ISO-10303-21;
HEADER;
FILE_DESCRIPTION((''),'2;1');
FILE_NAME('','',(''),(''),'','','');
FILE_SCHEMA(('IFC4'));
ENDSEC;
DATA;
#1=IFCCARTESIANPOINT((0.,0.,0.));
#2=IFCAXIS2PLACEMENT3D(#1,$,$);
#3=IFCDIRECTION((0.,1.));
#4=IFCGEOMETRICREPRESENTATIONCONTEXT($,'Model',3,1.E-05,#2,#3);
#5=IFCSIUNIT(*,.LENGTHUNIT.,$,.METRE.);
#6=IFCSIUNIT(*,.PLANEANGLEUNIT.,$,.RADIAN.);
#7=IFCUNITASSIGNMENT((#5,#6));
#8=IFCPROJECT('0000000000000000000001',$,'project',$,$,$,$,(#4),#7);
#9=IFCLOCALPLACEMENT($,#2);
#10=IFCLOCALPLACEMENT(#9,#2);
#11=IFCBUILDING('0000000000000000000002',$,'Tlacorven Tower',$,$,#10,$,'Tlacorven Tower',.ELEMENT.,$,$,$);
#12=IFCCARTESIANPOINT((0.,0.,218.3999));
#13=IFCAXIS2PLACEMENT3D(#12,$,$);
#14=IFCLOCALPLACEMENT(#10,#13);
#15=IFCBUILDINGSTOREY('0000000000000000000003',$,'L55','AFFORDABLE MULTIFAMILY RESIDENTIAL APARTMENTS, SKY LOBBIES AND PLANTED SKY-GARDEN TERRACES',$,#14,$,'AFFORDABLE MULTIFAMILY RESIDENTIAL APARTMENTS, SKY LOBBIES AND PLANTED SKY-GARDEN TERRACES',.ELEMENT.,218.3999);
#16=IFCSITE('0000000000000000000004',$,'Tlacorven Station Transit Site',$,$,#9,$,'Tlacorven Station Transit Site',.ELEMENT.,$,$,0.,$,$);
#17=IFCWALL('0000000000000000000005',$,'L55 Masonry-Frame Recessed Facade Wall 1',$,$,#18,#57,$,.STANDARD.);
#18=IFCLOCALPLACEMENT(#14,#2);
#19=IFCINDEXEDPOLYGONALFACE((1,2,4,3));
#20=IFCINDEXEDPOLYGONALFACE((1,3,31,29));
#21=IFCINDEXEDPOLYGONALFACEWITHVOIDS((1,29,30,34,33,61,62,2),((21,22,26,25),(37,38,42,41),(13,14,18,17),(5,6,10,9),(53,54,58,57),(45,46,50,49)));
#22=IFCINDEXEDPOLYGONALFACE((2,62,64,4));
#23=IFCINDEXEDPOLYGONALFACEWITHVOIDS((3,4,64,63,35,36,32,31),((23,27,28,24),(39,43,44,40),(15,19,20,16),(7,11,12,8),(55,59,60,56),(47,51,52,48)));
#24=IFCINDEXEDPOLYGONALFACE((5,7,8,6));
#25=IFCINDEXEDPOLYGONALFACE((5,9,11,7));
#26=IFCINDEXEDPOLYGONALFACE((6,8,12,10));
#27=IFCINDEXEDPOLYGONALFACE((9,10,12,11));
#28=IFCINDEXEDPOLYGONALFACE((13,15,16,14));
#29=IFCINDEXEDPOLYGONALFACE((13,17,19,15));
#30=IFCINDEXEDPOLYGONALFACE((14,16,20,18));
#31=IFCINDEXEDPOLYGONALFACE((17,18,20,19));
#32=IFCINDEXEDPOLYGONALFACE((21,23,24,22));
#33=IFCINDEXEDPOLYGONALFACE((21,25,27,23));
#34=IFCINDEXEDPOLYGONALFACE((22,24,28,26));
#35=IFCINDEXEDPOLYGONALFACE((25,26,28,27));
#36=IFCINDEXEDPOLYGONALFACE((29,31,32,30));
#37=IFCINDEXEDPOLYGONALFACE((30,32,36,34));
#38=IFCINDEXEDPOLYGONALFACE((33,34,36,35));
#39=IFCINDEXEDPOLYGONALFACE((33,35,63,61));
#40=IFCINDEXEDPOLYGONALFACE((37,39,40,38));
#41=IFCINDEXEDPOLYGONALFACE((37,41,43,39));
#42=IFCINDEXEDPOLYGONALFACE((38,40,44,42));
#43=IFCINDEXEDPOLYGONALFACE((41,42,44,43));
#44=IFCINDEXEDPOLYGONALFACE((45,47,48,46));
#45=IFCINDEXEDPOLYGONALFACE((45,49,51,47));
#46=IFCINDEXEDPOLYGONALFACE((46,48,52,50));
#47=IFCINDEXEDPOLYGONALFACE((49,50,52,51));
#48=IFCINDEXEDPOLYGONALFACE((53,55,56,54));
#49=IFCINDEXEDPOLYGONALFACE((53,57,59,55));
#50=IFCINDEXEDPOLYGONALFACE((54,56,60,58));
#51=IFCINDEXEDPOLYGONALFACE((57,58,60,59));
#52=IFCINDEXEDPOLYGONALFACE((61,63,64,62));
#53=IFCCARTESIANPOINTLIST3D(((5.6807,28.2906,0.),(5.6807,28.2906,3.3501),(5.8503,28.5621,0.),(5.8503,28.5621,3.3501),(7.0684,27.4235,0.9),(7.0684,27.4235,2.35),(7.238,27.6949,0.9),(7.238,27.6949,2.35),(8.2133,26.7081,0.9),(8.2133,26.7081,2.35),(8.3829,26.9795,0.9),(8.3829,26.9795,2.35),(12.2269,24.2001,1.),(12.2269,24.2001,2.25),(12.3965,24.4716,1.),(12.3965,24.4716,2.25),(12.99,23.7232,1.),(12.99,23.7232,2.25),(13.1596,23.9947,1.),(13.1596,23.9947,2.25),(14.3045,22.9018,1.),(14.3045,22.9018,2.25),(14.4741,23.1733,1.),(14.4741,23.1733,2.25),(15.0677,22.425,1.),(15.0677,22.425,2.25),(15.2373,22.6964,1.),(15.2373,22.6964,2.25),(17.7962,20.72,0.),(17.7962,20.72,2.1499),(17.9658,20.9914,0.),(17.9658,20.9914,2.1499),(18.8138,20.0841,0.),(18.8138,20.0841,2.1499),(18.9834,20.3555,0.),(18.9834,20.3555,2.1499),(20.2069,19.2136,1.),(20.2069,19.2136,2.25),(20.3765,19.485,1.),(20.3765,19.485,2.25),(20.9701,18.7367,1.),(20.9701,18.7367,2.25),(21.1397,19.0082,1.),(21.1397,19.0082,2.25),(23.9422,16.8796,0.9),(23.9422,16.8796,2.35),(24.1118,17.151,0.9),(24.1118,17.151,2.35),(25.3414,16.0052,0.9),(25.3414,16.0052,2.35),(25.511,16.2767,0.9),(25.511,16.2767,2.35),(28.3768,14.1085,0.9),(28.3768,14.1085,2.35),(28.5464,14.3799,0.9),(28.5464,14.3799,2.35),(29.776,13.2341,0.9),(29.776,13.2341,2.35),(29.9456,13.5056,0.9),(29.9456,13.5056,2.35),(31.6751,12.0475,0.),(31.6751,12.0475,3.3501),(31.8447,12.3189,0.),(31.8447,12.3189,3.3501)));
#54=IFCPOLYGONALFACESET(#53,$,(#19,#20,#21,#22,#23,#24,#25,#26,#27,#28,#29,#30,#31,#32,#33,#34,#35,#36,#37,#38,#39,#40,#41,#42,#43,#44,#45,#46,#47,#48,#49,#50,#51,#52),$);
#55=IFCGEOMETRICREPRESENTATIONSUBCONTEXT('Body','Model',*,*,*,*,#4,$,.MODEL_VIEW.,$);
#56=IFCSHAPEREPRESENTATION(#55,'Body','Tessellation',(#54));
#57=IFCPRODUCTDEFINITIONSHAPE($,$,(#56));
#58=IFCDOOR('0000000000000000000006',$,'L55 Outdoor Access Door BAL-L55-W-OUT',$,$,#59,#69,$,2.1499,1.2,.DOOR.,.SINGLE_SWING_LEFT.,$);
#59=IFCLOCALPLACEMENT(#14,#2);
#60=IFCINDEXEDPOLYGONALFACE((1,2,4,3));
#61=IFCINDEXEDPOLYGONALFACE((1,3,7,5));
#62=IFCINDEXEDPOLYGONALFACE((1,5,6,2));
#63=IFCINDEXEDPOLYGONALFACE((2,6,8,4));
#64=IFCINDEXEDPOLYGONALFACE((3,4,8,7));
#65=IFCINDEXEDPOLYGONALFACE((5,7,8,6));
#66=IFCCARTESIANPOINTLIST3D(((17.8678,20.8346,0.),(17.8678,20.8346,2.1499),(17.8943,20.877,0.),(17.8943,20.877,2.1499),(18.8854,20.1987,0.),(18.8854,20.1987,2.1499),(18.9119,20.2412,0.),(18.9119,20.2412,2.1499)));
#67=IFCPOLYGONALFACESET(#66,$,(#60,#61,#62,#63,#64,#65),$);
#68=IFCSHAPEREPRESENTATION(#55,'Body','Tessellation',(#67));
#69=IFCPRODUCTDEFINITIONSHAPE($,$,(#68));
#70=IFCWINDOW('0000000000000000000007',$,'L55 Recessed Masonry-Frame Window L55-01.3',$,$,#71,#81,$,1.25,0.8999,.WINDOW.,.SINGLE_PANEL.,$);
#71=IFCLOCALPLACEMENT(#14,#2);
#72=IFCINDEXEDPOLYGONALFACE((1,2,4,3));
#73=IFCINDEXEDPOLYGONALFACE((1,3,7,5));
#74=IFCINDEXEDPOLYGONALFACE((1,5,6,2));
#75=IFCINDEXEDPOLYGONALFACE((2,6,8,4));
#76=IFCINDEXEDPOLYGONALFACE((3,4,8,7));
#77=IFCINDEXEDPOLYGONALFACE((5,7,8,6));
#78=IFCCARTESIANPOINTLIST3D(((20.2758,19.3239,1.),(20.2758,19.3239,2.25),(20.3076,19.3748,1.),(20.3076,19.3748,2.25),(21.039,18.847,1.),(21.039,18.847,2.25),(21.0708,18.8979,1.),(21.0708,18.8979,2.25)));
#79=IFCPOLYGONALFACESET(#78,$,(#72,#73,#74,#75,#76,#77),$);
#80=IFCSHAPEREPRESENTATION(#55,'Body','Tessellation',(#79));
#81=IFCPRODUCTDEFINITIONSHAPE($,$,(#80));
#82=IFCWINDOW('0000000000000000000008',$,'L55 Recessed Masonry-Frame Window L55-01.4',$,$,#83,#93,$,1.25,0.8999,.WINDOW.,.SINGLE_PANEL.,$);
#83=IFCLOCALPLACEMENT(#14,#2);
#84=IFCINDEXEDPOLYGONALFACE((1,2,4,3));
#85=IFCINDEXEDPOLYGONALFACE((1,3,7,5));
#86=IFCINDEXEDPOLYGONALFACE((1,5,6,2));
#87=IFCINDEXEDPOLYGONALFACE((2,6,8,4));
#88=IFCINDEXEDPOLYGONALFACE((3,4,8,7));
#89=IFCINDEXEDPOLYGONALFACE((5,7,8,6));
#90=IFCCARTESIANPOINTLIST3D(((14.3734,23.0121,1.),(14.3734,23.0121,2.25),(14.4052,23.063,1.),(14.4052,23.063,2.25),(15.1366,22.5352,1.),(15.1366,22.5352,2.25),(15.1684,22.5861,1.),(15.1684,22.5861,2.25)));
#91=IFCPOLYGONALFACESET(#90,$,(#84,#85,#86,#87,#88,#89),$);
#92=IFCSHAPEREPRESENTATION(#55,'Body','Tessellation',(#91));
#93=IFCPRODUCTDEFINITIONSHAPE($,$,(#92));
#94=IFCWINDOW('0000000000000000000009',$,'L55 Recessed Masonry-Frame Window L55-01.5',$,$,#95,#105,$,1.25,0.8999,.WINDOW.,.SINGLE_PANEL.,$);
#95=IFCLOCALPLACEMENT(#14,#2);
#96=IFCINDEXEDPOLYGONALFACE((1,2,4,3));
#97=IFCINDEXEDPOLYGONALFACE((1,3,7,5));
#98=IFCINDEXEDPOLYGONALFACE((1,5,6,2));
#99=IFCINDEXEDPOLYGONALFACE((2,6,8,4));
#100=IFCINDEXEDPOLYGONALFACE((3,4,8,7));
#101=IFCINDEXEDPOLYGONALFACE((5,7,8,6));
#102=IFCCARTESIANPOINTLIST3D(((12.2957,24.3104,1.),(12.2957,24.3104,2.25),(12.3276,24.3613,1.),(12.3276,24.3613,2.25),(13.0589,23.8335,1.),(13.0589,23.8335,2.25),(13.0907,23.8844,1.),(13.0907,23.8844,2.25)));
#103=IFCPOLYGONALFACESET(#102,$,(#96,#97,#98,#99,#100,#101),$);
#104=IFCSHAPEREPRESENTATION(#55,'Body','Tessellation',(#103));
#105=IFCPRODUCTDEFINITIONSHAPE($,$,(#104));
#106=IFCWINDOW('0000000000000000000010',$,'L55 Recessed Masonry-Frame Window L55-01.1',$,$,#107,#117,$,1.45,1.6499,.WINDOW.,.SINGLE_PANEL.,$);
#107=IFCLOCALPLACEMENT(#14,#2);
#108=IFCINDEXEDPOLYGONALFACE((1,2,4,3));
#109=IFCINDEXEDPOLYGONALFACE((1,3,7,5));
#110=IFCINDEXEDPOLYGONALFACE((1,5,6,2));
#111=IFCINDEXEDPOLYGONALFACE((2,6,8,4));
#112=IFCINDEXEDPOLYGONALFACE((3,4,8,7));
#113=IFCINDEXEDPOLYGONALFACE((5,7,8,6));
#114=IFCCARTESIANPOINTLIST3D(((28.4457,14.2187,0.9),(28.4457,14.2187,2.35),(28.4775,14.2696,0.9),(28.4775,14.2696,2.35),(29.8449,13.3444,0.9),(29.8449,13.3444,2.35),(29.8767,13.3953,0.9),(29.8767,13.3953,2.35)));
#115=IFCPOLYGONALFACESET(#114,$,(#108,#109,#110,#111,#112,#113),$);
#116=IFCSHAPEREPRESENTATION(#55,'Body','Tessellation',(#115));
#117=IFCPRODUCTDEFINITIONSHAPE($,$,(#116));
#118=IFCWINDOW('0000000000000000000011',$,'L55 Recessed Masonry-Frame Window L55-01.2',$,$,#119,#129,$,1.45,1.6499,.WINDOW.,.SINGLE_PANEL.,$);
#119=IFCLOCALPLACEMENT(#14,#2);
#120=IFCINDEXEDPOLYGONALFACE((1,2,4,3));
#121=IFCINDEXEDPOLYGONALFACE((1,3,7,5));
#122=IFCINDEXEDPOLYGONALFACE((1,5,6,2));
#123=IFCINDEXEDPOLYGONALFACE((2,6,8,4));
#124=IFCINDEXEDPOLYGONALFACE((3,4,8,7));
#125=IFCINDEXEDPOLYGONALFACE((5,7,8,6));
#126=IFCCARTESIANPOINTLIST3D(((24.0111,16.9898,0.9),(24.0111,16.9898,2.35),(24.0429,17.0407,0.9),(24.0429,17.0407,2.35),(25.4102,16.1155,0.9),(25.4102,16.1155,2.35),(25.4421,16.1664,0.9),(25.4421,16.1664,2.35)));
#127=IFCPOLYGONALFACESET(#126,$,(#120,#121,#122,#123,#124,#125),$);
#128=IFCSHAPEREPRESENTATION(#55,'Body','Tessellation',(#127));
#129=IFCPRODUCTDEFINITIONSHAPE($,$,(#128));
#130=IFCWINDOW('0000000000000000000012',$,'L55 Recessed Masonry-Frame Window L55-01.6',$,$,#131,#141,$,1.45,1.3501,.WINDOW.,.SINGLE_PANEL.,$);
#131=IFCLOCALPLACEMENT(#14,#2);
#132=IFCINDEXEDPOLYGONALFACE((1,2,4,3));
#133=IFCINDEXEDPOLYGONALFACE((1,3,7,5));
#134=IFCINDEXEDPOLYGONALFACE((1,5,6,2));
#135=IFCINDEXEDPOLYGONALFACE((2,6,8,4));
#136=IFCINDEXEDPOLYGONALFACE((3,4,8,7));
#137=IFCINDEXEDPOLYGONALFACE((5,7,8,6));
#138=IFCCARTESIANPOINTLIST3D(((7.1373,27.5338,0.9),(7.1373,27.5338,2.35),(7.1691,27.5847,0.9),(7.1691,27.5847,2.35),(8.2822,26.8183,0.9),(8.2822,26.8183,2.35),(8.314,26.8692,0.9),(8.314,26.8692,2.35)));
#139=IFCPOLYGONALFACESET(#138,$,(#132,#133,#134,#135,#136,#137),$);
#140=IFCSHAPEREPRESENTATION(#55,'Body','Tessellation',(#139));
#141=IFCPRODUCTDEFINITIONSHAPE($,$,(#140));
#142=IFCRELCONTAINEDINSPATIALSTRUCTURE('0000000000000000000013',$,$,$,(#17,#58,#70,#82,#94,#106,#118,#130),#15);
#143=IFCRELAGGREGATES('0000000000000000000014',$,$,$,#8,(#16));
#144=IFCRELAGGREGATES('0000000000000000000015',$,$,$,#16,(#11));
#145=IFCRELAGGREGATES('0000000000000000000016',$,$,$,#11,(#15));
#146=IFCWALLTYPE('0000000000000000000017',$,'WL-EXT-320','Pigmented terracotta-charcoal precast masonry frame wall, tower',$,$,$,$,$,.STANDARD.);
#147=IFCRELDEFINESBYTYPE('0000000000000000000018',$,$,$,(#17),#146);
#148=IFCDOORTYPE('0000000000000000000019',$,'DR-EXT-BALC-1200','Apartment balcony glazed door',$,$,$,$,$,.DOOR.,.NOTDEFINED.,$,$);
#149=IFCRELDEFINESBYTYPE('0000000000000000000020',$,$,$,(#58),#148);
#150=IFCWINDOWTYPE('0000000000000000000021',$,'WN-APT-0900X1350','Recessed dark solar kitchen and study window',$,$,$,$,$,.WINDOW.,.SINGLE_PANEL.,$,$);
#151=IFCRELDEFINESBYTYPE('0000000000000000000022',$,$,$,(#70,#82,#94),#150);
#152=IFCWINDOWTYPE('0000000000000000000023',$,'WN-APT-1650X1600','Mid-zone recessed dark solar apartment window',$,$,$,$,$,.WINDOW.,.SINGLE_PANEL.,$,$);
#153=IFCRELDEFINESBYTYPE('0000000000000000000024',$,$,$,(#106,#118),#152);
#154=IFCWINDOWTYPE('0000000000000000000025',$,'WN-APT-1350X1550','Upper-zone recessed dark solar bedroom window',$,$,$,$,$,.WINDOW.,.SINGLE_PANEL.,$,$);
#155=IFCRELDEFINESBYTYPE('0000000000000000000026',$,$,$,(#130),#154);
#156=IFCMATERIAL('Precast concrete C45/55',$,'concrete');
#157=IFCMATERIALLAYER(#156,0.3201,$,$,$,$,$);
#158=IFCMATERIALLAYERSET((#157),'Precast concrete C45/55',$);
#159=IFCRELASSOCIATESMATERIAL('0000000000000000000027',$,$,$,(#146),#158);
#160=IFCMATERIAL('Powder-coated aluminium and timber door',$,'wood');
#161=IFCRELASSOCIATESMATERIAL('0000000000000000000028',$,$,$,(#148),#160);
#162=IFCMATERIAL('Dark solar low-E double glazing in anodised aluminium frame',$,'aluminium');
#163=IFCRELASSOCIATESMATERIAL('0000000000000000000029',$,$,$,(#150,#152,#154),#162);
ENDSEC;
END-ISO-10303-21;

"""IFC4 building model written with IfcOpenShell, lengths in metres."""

from ifc_helpers import new_model, si_unit, direction, frame, frame_2d, origin, place, context, subcontext, project, spatial, rectangle, extrude, source, transform, mapped, material, layer, layer_set, type_object, element, fill, save


model = new_model("IFC4")

# Units and contexts
model_context = context("Model", 3, precision=1e-05, world=origin(), true_north=direction((0.0, 1.0)))
body_context = subcontext(model_context, "Body", "Model", "MODEL_VIEW")
ifc_project = project(units=[si_unit("LENGTHUNIT", "METRE"), si_unit("PLANEANGLEUNIT", "RADIAN")], contexts=[model_context])

# Site, building, storey
site_placement = place(None, origin())
site = spatial("IfcSite", under=ifc_project, at=site_placement, Name="Tlacorven Station Transit Site", LongName="Tlacorven Station Transit Site", CompositionType="ELEMENT", RefElevation=0.0)
building_placement = place(site_placement, origin())
building = spatial("IfcBuilding", under=site, at=building_placement, Name="Tlacorven Tower", LongName="Tlacorven Tower", CompositionType="ELEMENT")
storey_placement = place(building_placement, frame((0.0, 0.0, 218.3999)))
storey = spatial("IfcBuildingStorey", under=building, at=storey_placement, Name="L55", Description="AFFORDABLE MULTIFAMILY RESIDENTIAL APARTMENTS, SKY LOBBIES AND PLANTED SKY-GARDEN TERRACES", LongName="AFFORDABLE MULTIFAMILY RESIDENTIAL APARTMENTS, SKY LOBBIES AND PLANTED SKY-GARDEN TERRACES", CompositionType="ELEMENT", Elevation=218.3999)

# Wall, openings, door, windows
ifc_material_1 = material(Name="Precast concrete C45/55", Category="concrete")
ifc_layer_1 = layer(ifc_material_1, 0.3201)
ifc_layer_set_1 = layer_set([ifc_layer_1], Name="Precast concrete C45/55")
wall_type_1 = type_object("IfcWallType", Name="WL-EXT-320", Description="Pigmented terracotta-charcoal precast masonry frame wall, tower", PredefinedType="STANDARD", material=ifc_layer_set_1)
wall_1_placement = place(storey_placement, frame((31.76, 12.1831, 0.0), z_axis=(0.0, 0.0, 1.0), x_axis=(-0.848047, 0.529921, 0.0)))
wall_1 = element("IfcWall", 1, at=wall_1_placement, inside=storey, type_object=wall_type_1, Name="L55 Masonry-Frame Recessed Facade Wall 1", PredefinedType="STANDARD", context=body_context, shape_type="SweptSolid", body=[
    extrude(rectangle(XDim=30.6521, YDim=0.3201, at=frame_2d((15.3262, 0.0))), origin(), (0.0, 0.0, 1.0), 3.3501),
])
opening_1_placement = place(wall_1_placement, frame((15.1658, 0.0, 0.0)))
opening_1 = element("IfcOpeningElement", 2, at=opening_1_placement, cuts=wall_1, PredefinedType="OPENING", context=body_context, shape_type="SweptSolid", body=[
    extrude(rectangle(XDim=1.2, YDim=2.1499, at=frame_2d((0.6001, 1.075))), frame((0.0, 0.1699, 0.0), z_axis=(0.0, -1.0, 0.0), x_axis=(1.0, 0.0, 0.0)), (0.0, 0.0, 1.0), 0.3401),
])
opening_2_placement = place(wall_1_placement, frame((2.2395, 0.0, 0.8999)))
opening_2 = element("IfcOpeningElement", 3, at=opening_2_placement, cuts=wall_1, PredefinedType="OPENING", context=body_context, shape_type="SweptSolid", body=[
    extrude(rectangle(XDim=1.6499, YDim=1.45, at=frame_2d((0.825, 0.7251))), frame((0.0, 0.1699, 0.0), z_axis=(0.0, -1.0, 0.0), x_axis=(1.0, 0.0, 0.0)), (0.0, 0.0, 1.0), 0.3401),
])
opening_3_placement = place(wall_1_placement, frame((7.4688, 0.0, 0.8999)))
opening_3 = element("IfcOpeningElement", 4, at=opening_3_placement, cuts=wall_1, PredefinedType="OPENING", context=body_context, shape_type="SweptSolid", body=[
    extrude(rectangle(XDim=1.6499, YDim=1.45, at=frame_2d((0.825, 0.7251))), frame((0.0, 0.1699, 0.0), z_axis=(0.0, -1.0, 0.0), x_axis=(1.0, 0.0, 0.0)), (0.0, 0.0, 1.0), 0.3401),
])
opening_4_placement = place(wall_1_placement, frame((12.6233, 0.0, 1.0)))
opening_4 = element("IfcOpeningElement", 5, at=opening_4_placement, cuts=wall_1, PredefinedType="OPENING", context=body_context, shape_type="SweptSolid", body=[
    extrude(rectangle(XDim=0.8999, YDim=1.25, at=frame_2d((0.45, 0.625))), frame((0.0, 0.1699, 0.0), z_axis=(0.0, -1.0, 0.0), x_axis=(1.0, 0.0, 0.0)), (0.0, 0.0, 1.0), 0.3401),
])
opening_5_placement = place(wall_1_placement, frame((19.5833, 0.0, 1.0)))
opening_5 = element("IfcOpeningElement", 6, at=opening_5_placement, cuts=wall_1, PredefinedType="OPENING", context=body_context, shape_type="SweptSolid", body=[
    extrude(rectangle(XDim=0.8999, YDim=1.25, at=frame_2d((0.45, 0.625))), frame((0.0, 0.1699, 0.0), z_axis=(0.0, -1.0, 0.0), x_axis=(1.0, 0.0, 0.0)), (0.0, 0.0, 1.0), 0.3401),
])
opening_6_placement = place(wall_1_placement, frame((22.0332, 0.0, 1.0)))
opening_6 = element("IfcOpeningElement", 7, at=opening_6_placement, cuts=wall_1, PredefinedType="OPENING", context=body_context, shape_type="SweptSolid", body=[
    extrude(rectangle(XDim=0.8999, YDim=1.25, at=frame_2d((0.45, 0.625))), frame((0.0, 0.1699, 0.0), z_axis=(0.0, -1.0, 0.0), x_axis=(1.0, 0.0, 0.0)), (0.0, 0.0, 1.0), 0.3401),
])
opening_7_placement = place(wall_1_placement, frame((27.6658, 0.0, 0.8999)))
opening_7 = element("IfcOpeningElement", 8, at=opening_7_placement, cuts=wall_1, PredefinedType="OPENING", context=body_context, shape_type="SweptSolid", body=[
    extrude(rectangle(XDim=1.3501, YDim=1.45, at=frame_2d((0.675, 0.7251))), frame((0.0, 0.1699, 0.0), z_axis=(0.0, -1.0, 0.0), x_axis=(1.0, 0.0, 0.0)), (0.0, 0.0, 1.0), 0.3401),
])
ifc_material_2 = material(Name="Powder-coated aluminium and timber door", Category="wood")
door_type_1 = type_object("IfcDoorType", Name="DR-EXT-BALC-1200", Description="Apartment balcony glazed door", OperationType="NOTDEFINED", PredefinedType="DOOR", material=ifc_material_2)
shared_shape_1 = source(origin(), body_context, "Body", "SweptSolid", [
    extrude(rectangle(XDim=1.2, YDim=2.1499, at=frame_2d((0.6001, 1.075))), frame((0.0, 0.0249, 0.0), z_axis=(0.0, -1.0, 0.0), x_axis=(1.0, 0.0, 0.0)), (0.0, 0.0, 1.0), 0.05),
])
door_1_placement = place(opening_1_placement, origin())
door_1 = element("IfcDoor", 9, at=door_1_placement, inside=storey, type_object=door_type_1, Name="L55 Outdoor Access Door BAL-L55-W-OUT", OperationType="SINGLE_SWING_LEFT", OverallHeight=2.1499, OverallWidth=1.2, PredefinedType="DOOR", context=body_context, shape_type="MappedRepresentation", body=[
    mapped(shared_shape_1, transform((0.0, 0.0, 0.0), scale=1.0)),
])
fill(opening_1, door_1)
ifc_material_3 = material(Name="Dark solar low-E double glazing in anodised aluminium frame", Category="aluminium")
window_type_1 = type_object("IfcWindowType", Name="WN-APT-0900X1350", Description="Recessed dark solar kitchen and study window", PartitioningType="SINGLE_PANEL", PredefinedType="WINDOW", material=ifc_material_3)
shared_shape_2 = source(origin(), body_context, "Body", "SweptSolid", [
    extrude(rectangle(XDim=0.8999, YDim=1.25, at=frame_2d((0.45, 0.625))), frame((0.0, 0.03, 0.0), z_axis=(0.0, -1.0, 0.0), x_axis=(1.0, 0.0, 0.0)), (0.0, 0.0, 1.0), 0.0601),
])
window_1_placement = place(opening_4_placement, origin())
window_1 = element("IfcWindow", 10, at=window_1_placement, inside=storey, type_object=window_type_1, Name="L55 Recessed Masonry-Frame Window L55-01.3", OverallHeight=1.25, OverallWidth=0.8999, PartitioningType="SINGLE_PANEL", PredefinedType="WINDOW", context=body_context, shape_type="MappedRepresentation", body=[
    mapped(shared_shape_2, transform((0.0, 0.0, 0.0), scale=1.0)),
])
fill(opening_4, window_1)
window_2_placement = place(opening_5_placement, origin())
window_2 = element("IfcWindow", 11, at=window_2_placement, inside=storey, type_object=window_type_1, Name="L55 Recessed Masonry-Frame Window L55-01.4", OverallHeight=1.25, OverallWidth=0.8999, PartitioningType="SINGLE_PANEL", PredefinedType="WINDOW", context=body_context, shape_type="MappedRepresentation", body=[
    mapped(shared_shape_2, transform((0.0, 0.0, 0.0), scale=1.0)),
])
fill(opening_5, window_2)
window_3_placement = place(opening_6_placement, origin())
window_3 = element("IfcWindow", 12, at=window_3_placement, inside=storey, type_object=window_type_1, Name="L55 Recessed Masonry-Frame Window L55-01.5", OverallHeight=1.25, OverallWidth=0.8999, PartitioningType="SINGLE_PANEL", PredefinedType="WINDOW", context=body_context, shape_type="MappedRepresentation", body=[
    mapped(shared_shape_2, transform((0.0, 0.0, 0.0), scale=1.0)),
])
fill(opening_6, window_3)
window_type_2 = type_object("IfcWindowType", Name="WN-APT-1650X1600", Description="Mid-zone recessed dark solar apartment window", PartitioningType="SINGLE_PANEL", PredefinedType="WINDOW", material=ifc_material_3)
shared_shape_3 = source(origin(), body_context, "Body", "SweptSolid", [
    extrude(rectangle(XDim=1.6499, YDim=1.45, at=frame_2d((0.825, 0.7251))), frame((0.0, 0.03, 0.0), z_axis=(0.0, -1.0, 0.0), x_axis=(1.0, 0.0, 0.0)), (0.0, 0.0, 1.0), 0.0601),
])
window_4_placement = place(opening_2_placement, origin())
window_4 = element("IfcWindow", 13, at=window_4_placement, inside=storey, type_object=window_type_2, Name="L55 Recessed Masonry-Frame Window L55-01.1", OverallHeight=1.45, OverallWidth=1.6499, PartitioningType="SINGLE_PANEL", PredefinedType="WINDOW", context=body_context, shape_type="MappedRepresentation", body=[
    mapped(shared_shape_3, transform((0.0, 0.0, 0.0), scale=1.0)),
])
fill(opening_2, window_4)
window_5_placement = place(opening_3_placement, origin())
window_5 = element("IfcWindow", 14, at=window_5_placement, inside=storey, type_object=window_type_2, Name="L55 Recessed Masonry-Frame Window L55-01.2", OverallHeight=1.45, OverallWidth=1.6499, PartitioningType="SINGLE_PANEL", PredefinedType="WINDOW", context=body_context, shape_type="MappedRepresentation", body=[
    mapped(shared_shape_3, transform((0.0, 0.0, 0.0), scale=1.0)),
])
fill(opening_3, window_5)
window_type_3 = type_object("IfcWindowType", Name="WN-APT-1350X1550", Description="Upper-zone recessed dark solar bedroom window", PartitioningType="SINGLE_PANEL", PredefinedType="WINDOW", material=ifc_material_3)
shared_shape_4 = source(origin(), body_context, "Body", "SweptSolid", [
    extrude(rectangle(XDim=1.3501, YDim=1.45, at=frame_2d((0.675, 0.7251))), frame((0.0, 0.03, 0.0), z_axis=(0.0, -1.0, 0.0), x_axis=(1.0, 0.0, 0.0)), (0.0, 0.0, 1.0), 0.0601),
])
window_6_placement = place(opening_7_placement, origin())
window_6 = element("IfcWindow", 15, at=window_6_placement, inside=storey, type_object=window_type_3, Name="L55 Recessed Masonry-Frame Window L55-01.6", OverallHeight=1.45, OverallWidth=1.3501, PartitioningType="SINGLE_PANEL", PredefinedType="WINDOW", context=body_context, shape_type="MappedRepresentation", body=[
    mapped(shared_shape_4, transform((0.0, 0.0, 0.0), scale=1.0)),
])
fill(opening_7, window_6)

save(model, "model.ifc")
